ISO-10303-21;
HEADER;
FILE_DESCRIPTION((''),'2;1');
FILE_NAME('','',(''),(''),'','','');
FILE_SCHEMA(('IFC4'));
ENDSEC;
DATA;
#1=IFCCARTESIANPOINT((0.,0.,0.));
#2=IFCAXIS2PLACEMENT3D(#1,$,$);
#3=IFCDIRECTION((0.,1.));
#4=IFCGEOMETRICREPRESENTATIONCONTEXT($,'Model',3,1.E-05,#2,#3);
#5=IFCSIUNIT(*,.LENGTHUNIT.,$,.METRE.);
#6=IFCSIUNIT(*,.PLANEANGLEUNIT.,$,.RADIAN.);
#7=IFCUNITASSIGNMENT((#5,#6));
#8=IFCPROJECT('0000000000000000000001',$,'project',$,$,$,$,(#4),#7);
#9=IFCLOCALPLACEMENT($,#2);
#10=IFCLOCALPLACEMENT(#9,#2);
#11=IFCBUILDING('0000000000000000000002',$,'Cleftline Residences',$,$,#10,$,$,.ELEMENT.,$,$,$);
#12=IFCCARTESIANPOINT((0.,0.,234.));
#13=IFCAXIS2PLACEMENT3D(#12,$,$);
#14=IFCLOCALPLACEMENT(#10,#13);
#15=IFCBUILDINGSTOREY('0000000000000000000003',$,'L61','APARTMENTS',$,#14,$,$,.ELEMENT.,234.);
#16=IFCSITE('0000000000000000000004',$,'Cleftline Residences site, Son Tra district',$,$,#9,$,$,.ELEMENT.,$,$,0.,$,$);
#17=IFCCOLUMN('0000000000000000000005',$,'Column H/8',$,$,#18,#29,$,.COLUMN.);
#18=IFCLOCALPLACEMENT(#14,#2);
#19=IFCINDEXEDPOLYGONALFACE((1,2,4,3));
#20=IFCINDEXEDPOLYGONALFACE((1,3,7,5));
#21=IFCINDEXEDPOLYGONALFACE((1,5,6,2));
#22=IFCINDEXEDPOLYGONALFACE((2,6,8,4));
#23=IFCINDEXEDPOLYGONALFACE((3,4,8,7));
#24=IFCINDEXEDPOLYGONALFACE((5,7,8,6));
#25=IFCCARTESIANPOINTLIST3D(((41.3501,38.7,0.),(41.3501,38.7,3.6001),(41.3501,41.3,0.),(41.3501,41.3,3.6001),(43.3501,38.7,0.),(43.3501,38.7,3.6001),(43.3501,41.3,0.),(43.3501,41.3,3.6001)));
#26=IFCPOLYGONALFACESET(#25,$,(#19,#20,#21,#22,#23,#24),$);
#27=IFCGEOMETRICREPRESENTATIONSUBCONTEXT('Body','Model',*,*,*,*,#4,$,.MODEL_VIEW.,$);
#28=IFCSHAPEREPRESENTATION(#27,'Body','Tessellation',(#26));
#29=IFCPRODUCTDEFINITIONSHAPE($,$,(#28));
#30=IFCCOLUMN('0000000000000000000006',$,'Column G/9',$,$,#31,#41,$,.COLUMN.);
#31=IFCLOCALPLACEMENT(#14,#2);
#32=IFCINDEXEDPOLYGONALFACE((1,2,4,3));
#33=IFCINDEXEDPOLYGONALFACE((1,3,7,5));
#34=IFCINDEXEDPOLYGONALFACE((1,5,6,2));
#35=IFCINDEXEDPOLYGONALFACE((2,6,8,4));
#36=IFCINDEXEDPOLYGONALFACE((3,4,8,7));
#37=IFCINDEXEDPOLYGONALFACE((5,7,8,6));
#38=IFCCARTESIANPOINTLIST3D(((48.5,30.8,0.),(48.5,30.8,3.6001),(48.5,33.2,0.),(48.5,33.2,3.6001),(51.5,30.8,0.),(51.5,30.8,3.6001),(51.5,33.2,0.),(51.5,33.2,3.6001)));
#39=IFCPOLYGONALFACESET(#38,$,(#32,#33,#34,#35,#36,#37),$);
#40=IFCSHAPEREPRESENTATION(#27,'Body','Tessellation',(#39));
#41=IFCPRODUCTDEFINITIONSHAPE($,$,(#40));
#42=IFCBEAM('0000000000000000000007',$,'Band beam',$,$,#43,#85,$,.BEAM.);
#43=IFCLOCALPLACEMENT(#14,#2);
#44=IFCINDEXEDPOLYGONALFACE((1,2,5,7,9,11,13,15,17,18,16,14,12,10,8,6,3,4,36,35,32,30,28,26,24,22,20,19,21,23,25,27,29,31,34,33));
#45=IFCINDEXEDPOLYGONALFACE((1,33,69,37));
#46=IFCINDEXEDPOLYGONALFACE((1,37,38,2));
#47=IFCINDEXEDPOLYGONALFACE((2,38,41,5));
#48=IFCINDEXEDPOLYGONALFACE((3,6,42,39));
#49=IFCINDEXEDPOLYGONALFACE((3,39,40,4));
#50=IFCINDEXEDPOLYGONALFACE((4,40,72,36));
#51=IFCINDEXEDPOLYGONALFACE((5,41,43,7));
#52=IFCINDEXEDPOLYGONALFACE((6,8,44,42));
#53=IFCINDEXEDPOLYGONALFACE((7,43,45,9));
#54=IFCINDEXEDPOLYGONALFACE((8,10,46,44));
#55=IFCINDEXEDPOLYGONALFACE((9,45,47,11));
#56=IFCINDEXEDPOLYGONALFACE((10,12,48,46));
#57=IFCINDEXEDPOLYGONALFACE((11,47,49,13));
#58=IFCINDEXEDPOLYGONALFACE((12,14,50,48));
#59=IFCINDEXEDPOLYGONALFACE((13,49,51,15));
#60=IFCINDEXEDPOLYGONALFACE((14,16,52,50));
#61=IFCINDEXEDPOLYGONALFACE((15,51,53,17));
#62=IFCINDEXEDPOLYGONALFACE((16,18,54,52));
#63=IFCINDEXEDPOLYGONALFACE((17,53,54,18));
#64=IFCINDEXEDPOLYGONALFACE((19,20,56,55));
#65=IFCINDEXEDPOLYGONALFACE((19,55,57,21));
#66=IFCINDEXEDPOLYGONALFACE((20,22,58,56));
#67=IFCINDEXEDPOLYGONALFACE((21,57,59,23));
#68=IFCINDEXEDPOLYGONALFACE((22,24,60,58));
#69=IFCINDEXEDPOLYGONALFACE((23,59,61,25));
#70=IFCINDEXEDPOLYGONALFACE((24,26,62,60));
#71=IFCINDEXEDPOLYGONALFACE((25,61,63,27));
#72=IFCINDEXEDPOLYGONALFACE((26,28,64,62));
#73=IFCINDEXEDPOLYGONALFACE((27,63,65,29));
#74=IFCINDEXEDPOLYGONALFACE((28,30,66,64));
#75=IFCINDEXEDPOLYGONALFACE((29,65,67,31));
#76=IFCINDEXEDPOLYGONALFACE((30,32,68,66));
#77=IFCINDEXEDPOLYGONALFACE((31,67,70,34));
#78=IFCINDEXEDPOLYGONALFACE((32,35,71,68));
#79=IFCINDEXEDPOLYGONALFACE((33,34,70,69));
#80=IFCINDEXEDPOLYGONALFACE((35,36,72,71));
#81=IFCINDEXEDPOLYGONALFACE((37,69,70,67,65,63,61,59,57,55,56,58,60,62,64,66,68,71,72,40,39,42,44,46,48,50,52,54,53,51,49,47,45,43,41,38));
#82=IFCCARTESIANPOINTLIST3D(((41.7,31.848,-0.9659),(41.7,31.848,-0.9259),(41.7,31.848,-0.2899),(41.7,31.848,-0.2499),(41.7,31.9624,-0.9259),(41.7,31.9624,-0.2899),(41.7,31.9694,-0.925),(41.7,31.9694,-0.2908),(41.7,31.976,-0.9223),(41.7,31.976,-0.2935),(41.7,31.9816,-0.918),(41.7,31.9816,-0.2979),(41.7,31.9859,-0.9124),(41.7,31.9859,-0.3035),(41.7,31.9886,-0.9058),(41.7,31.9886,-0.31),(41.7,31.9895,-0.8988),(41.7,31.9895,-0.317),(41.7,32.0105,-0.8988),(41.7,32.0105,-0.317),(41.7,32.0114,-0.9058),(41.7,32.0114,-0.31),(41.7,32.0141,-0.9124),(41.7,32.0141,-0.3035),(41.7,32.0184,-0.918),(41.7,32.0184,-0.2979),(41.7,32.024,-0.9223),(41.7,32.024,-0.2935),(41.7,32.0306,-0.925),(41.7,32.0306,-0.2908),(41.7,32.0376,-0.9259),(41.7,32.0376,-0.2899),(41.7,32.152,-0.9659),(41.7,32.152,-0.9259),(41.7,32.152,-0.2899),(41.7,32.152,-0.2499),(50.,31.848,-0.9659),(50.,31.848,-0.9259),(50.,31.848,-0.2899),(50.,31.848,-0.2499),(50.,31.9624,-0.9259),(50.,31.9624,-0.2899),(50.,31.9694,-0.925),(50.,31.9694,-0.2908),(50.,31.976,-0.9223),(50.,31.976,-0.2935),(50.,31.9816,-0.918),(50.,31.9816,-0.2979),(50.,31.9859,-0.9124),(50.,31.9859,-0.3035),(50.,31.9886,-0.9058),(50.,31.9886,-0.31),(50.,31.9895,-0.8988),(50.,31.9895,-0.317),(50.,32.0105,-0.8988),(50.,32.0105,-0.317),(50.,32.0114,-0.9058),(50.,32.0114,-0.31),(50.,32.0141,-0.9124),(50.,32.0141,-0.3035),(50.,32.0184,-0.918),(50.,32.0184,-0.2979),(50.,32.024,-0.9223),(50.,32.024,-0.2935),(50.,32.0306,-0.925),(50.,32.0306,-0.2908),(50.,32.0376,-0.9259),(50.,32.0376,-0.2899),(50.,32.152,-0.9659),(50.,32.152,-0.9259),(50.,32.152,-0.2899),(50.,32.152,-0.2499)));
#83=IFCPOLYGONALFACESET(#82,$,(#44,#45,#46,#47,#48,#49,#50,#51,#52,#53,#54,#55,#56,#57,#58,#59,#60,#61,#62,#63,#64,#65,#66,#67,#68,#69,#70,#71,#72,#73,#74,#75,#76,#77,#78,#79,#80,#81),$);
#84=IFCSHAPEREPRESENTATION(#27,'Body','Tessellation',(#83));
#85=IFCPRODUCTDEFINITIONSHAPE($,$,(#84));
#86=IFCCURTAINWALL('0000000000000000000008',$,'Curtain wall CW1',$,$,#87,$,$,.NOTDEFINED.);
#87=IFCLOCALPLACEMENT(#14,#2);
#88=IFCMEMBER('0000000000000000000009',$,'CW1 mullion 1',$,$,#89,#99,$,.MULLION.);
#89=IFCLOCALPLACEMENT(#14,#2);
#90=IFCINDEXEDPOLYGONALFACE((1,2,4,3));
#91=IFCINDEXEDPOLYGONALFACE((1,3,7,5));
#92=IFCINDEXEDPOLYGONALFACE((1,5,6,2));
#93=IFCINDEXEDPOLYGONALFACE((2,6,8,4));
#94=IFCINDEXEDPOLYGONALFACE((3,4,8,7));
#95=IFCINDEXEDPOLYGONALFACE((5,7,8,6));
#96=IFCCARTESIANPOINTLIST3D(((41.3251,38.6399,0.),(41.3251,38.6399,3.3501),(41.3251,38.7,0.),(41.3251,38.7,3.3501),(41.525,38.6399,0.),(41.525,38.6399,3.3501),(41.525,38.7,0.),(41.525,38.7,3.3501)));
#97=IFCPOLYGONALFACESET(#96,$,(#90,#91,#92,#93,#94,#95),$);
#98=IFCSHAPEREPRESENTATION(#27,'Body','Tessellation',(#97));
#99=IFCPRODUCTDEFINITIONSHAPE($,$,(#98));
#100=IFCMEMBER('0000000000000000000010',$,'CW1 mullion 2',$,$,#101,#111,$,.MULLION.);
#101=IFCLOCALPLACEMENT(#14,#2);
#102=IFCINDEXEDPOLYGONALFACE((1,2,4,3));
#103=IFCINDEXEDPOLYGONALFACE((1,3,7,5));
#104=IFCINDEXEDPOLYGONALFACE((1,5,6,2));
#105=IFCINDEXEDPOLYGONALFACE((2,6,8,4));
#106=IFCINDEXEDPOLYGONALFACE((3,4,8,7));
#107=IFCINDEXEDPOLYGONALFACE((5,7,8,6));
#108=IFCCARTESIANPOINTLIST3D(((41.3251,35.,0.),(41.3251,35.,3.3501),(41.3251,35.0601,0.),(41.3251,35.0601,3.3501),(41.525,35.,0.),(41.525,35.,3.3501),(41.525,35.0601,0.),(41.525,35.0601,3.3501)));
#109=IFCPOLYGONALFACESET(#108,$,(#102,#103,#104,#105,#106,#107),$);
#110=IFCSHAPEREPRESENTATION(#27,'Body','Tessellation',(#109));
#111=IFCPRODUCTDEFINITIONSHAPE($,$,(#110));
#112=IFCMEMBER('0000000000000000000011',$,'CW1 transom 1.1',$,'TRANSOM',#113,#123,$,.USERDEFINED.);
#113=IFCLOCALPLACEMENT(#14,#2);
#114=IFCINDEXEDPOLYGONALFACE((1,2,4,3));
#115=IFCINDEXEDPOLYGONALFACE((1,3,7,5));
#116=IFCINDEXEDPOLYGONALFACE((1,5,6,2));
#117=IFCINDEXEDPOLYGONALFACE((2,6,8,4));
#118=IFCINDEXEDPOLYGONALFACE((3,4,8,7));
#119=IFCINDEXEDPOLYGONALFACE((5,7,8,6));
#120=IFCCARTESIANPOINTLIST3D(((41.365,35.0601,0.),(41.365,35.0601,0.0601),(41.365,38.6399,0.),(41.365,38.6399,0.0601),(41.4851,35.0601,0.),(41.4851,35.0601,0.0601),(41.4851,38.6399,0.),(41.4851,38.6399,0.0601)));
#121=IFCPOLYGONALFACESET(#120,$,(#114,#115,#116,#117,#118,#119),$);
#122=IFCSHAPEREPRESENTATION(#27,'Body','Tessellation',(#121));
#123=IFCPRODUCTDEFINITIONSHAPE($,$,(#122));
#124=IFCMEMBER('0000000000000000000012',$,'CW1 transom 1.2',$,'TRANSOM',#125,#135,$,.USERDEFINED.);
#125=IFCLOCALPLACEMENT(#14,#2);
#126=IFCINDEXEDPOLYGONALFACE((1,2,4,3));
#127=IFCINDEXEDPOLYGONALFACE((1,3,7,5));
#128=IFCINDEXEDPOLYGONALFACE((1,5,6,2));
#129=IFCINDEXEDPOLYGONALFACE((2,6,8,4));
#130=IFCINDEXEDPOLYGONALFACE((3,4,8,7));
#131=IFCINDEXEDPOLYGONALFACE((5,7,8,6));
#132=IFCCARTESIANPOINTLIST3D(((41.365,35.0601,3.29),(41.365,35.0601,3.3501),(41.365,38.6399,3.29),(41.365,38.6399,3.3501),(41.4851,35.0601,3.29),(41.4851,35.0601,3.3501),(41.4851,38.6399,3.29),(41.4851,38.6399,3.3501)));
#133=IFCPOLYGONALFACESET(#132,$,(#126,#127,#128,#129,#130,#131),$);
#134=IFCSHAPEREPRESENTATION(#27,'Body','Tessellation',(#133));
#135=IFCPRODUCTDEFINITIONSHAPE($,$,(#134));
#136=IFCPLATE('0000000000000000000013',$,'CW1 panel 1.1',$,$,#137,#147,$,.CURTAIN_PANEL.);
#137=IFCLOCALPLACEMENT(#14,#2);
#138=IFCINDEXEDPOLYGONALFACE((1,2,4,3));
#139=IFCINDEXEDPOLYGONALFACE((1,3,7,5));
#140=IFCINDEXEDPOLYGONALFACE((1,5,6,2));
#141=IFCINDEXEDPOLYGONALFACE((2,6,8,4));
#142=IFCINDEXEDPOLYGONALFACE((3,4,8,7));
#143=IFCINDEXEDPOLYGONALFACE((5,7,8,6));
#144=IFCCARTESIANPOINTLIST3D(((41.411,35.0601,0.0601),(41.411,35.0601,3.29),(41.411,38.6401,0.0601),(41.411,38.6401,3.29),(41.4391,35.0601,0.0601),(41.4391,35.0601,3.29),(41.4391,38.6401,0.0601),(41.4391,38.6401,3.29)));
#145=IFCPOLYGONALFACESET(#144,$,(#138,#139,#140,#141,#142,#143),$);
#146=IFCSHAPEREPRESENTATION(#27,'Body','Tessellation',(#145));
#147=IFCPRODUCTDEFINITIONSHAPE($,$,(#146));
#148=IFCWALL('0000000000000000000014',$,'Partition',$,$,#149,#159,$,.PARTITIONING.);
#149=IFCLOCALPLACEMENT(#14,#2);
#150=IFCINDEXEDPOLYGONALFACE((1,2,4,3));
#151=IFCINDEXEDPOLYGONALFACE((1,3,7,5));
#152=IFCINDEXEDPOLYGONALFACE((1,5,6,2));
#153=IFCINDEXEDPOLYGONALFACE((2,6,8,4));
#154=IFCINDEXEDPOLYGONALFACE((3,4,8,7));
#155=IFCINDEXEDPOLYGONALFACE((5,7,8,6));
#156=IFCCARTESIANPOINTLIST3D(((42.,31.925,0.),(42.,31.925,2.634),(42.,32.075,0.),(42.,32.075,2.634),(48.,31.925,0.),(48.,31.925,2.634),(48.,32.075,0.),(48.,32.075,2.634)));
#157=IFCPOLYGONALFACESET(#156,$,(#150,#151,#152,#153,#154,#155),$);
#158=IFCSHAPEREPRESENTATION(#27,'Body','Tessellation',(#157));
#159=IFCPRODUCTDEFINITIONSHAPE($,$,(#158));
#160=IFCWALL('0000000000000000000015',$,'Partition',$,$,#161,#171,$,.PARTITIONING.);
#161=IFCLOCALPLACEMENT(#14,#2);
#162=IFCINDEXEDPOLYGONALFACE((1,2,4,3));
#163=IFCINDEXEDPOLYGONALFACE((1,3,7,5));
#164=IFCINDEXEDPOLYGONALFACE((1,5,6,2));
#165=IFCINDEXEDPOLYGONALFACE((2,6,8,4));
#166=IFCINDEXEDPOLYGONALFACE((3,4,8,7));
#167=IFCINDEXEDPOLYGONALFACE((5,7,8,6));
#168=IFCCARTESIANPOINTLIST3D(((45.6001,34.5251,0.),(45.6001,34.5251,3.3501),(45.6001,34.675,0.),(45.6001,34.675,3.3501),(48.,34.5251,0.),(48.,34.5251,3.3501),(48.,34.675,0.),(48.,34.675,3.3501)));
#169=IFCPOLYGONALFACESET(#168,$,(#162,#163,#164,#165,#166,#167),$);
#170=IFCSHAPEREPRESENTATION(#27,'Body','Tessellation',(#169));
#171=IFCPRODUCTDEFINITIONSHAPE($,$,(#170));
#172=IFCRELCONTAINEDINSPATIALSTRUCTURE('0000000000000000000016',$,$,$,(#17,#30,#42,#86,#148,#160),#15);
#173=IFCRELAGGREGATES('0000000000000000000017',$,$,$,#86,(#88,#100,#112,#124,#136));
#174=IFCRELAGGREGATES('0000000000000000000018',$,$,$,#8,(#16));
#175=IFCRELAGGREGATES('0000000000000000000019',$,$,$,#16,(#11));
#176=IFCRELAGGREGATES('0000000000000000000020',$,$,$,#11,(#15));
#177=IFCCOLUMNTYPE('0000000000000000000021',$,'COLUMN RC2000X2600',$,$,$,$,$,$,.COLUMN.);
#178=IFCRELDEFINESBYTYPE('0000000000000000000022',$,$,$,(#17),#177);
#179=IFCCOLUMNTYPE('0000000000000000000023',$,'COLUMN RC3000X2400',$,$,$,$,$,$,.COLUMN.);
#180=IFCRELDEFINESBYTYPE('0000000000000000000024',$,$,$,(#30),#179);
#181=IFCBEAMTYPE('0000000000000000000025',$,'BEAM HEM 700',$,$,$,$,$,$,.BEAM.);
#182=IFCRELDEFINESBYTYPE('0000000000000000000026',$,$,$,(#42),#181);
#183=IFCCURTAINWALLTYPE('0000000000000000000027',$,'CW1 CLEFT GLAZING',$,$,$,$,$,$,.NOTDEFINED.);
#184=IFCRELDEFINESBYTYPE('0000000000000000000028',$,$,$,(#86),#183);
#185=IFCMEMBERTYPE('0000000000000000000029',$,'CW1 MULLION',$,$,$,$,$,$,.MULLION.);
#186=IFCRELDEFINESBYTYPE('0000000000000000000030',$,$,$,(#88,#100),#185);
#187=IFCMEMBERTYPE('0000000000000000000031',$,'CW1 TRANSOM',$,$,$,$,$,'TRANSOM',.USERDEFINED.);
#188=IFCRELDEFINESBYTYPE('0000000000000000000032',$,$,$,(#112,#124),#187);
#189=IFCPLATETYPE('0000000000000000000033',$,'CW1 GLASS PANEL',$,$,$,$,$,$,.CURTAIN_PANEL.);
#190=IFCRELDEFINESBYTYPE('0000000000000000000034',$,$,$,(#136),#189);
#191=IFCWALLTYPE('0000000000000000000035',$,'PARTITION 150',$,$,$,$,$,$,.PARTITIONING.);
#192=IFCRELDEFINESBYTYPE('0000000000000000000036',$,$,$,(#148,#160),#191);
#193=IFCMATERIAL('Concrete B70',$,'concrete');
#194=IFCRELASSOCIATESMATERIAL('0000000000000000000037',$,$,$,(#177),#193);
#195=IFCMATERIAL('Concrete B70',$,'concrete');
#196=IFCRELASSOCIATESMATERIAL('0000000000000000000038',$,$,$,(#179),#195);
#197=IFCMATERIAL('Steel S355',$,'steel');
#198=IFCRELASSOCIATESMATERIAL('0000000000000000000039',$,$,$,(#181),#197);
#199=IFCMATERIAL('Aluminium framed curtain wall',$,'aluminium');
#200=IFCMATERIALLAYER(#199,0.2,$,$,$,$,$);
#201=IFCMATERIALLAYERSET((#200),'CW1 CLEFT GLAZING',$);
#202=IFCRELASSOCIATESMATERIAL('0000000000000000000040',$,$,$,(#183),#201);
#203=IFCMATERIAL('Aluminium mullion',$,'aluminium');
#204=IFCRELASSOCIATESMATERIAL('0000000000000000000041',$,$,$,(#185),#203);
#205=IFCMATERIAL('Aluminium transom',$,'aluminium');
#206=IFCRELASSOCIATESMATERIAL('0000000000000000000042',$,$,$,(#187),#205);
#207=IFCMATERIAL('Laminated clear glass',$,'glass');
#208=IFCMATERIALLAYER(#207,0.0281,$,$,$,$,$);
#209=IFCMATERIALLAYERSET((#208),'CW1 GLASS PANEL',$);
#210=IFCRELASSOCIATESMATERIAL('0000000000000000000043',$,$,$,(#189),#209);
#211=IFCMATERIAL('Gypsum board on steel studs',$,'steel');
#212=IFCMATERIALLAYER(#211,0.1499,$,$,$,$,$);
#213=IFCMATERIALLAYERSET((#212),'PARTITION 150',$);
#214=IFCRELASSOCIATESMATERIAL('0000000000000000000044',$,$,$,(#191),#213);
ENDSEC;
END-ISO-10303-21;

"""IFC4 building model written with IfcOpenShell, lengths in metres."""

from ifc_helpers import new_model, si_unit, direction, frame, frame_2d, origin, origin_2d, place, context, subcontext, project, spatial, rectangle, i_section, extrude, material, layer, layer_set, material_profile, profile_set, type_object, element, aggregate, save


model = new_model("IFC4")

# Units and contexts
model_context = context("Model", 3, precision=1e-05, world=origin(), true_north=direction((0.0, 1.0)))
body_context = subcontext(model_context, "Body", "Model", "MODEL_VIEW")
ifc_project = project(units=[si_unit("LENGTHUNIT", "METRE"), si_unit("PLANEANGLEUNIT", "RADIAN")], contexts=[model_context])

# Site, building, storey
site_placement = place(None, origin())
site = spatial("IfcSite", under=ifc_project, at=site_placement, Name="Cleftline Residences site, Son Tra district", CompositionType="ELEMENT", RefElevation=0.0)
building_placement = place(site_placement, origin())
building = spatial("IfcBuilding", under=site, at=building_placement, Name="Cleftline Residences", CompositionType="ELEMENT")
storey_placement = place(building_placement, frame((0.0, 0.0, 234.0)))
storey = spatial("IfcBuildingStorey", under=building, at=storey_placement, Name="L61", Description="APARTMENTS", CompositionType="ELEMENT", Elevation=234.0)

# Columns
ifc_material_1 = material(Name="Concrete B70", Category="concrete")
ifc_material_profile_1 = material_profile(ifc_material_1, rectangle(XDim=2.0, YDim=2.6001, at=origin_2d()))
ifc_profile_set_1 = profile_set([ifc_material_profile_1], Name="Concrete B70")
column_type_1 = type_object("IfcColumnType", Name="COLUMN RC2000X2600", PredefinedType="COLUMN", material=ifc_profile_set_1)
column_1_placement = place(storey_placement, frame((42.3501, 40.0, 0.0), z_axis=(0.0, 0.0, 1.0), x_axis=(1.0, 0.0, 0.0)))
element("IfcColumn", 1, at=column_1_placement, inside=storey, type_object=column_type_1, Name="Column H/8", PredefinedType="COLUMN", context=body_context, shape_type="SweptSolid", body=[
    extrude(rectangle(XDim=2.0, YDim=2.6001, at=origin_2d()), origin(), (0.0, 0.0, 1.0), 3.6001),
])
ifc_material_2 = material(Name="Concrete B70", Category="concrete")
ifc_material_profile_2 = material_profile(ifc_material_2, rectangle(XDim=3.0, YDim=2.3999, at=origin_2d()))
ifc_profile_set_2 = profile_set([ifc_material_profile_2], Name="Concrete B70")
column_type_2 = type_object("IfcColumnType", Name="COLUMN RC3000X2400", PredefinedType="COLUMN", material=ifc_profile_set_2)
column_2_placement = place(storey_placement, frame((50.0, 32.0, 0.0), z_axis=(0.0, 0.0, 1.0), x_axis=(1.0, 0.0, 0.0)))
element("IfcColumn", 2, at=column_2_placement, inside=storey, type_object=column_type_2, Name="Column G/9", PredefinedType="COLUMN", context=body_context, shape_type="SweptSolid", body=[
    extrude(rectangle(XDim=3.0, YDim=2.3999, at=origin_2d()), origin(), (0.0, 0.0, 1.0), 3.6001),
])

# Beam
ifc_material_3 = material(Name="Steel S355", Category="steel")
ifc_material_profile_3 = material_profile(ifc_material_3, i_section(OverallWidth=0.304, OverallDepth=0.7161, WebThickness=0.021, FlangeThickness=0.04, FilletRadius=0.0271, at=origin_2d()))
ifc_profile_set_3 = profile_set([ifc_material_profile_3], Name="Steel S355")
beam_type = type_object("IfcBeamType", Name="BEAM HEM 700", PredefinedType="BEAM", material=ifc_profile_set_3)
beam_placement = place(storey_placement, frame((50.0, 32.0, -0.6079), z_axis=(-1.0, 0.0, 0.0), x_axis=(0.0, -1.0, 0.0)))
element("IfcBeam", 3, at=beam_placement, inside=storey, type_object=beam_type, Name="Band beam", PredefinedType="BEAM", context=body_context, shape_type="SweptSolid", body=[
    extrude(i_section(OverallWidth=0.304, OverallDepth=0.7161, WebThickness=0.021, FlangeThickness=0.04, FilletRadius=0.0271, at=origin_2d()), origin(), (0.0, 0.0, 1.0), 8.3),
])

# Curtain wall, members, plate
ifc_material_4 = material(Name="Aluminium framed curtain wall", Category="aluminium")
ifc_layer_1 = layer(ifc_material_4, 0.2)
ifc_layer_set_1 = layer_set([ifc_layer_1], Name="CW1 CLEFT GLAZING")
curtain_wall_type = type_object("IfcCurtainWallType", Name="CW1 CLEFT GLAZING", PredefinedType="NOTDEFINED", material=ifc_layer_set_1)
curtain_wall_placement = place(storey_placement, origin())
curtain_wall = element("IfcCurtainWall", 4, at=curtain_wall_placement, inside=storey, type_object=curtain_wall_type, Name="Curtain wall CW1", PredefinedType="NOTDEFINED")
ifc_material_5 = material(Name="Aluminium mullion", Category="aluminium")
ifc_material_profile_4 = material_profile(ifc_material_5, rectangle(XDim=0.2, YDim=0.0601, at=origin_2d()))
ifc_profile_set_4 = profile_set([ifc_material_profile_4], Name="Aluminium mullion")
member_type_1 = type_object("IfcMemberType", Name="CW1 MULLION", PredefinedType="MULLION", material=ifc_profile_set_4)
member_1_placement = place(storey_placement, frame((41.425, 38.6699, 0.0), z_axis=(0.0, 0.0, 1.0), x_axis=(1.0, 0.0, 0.0)))
member_1 = element("IfcMember", 5, at=member_1_placement, type_object=member_type_1, Name="CW1 mullion 1", PredefinedType="MULLION", context=body_context, shape_type="SweptSolid", body=[
    extrude(rectangle(XDim=0.2, YDim=0.0601, at=origin_2d()), origin(), (0.0, 0.0, 1.0), 3.3501),
])
member_2_placement = place(storey_placement, frame((41.425, 35.03, 0.0), z_axis=(0.0, 0.0, 1.0), x_axis=(1.0, 0.0, 0.0)))
member_2 = element("IfcMember", 6, at=member_2_placement, type_object=member_type_1, Name="CW1 mullion 2", PredefinedType="MULLION", context=body_context, shape_type="SweptSolid", body=[
    extrude(rectangle(XDim=0.2, YDim=0.0601, at=origin_2d()), origin(), (0.0, 0.0, 1.0), 3.3501),
])
ifc_material_6 = material(Name="Aluminium transom", Category="aluminium")
ifc_material_profile_5 = material_profile(ifc_material_6, rectangle(XDim=0.1201, YDim=0.0601, at=origin_2d()))
ifc_profile_set_5 = profile_set([ifc_material_profile_5], Name="Aluminium transom")
member_type_2 = type_object("IfcMemberType", Name="CW1 TRANSOM", ElementType="TRANSOM", PredefinedType="USERDEFINED", material=ifc_profile_set_5)
member_3_placement = place(storey_placement, frame((41.425, 38.6399, 0.03), z_axis=(0.0, -1.0, 0.0), x_axis=(1.0, 0.0, 0.0)))
member_3 = element("IfcMember", 7, at=member_3_placement, type_object=member_type_2, Name="CW1 transom 1.1", ObjectType="TRANSOM", PredefinedType="USERDEFINED", context=body_context, shape_type="SweptSolid", body=[
    extrude(rectangle(XDim=0.1201, YDim=0.0601, at=origin_2d()), origin(), (0.0, 0.0, 1.0), 3.5798),
])
member_4_placement = place(storey_placement, frame((41.425, 38.6399, 3.3201), z_axis=(0.0, -1.0, 0.0), x_axis=(1.0, 0.0, 0.0)))
member_4 = element("IfcMember", 8, at=member_4_placement, type_object=member_type_2, Name="CW1 transom 1.2", ObjectType="TRANSOM", PredefinedType="USERDEFINED", context=body_context, shape_type="SweptSolid", body=[
    extrude(rectangle(XDim=0.1201, YDim=0.0601, at=origin_2d()), origin(), (0.0, 0.0, 1.0), 3.5798),
])
ifc_material_7 = material(Name="Laminated clear glass", Category="glass")
ifc_layer_2 = layer(ifc_material_7, 0.0281)
ifc_layer_set_2 = layer_set([ifc_layer_2], Name="CW1 GLASS PANEL")
plate_type = type_object("IfcPlateType", Name="CW1 GLASS PANEL", PredefinedType="CURTAIN_PANEL", material=ifc_layer_set_2)
plate_placement = place(storey_placement, frame((41.425, 36.8501, 0.0601), z_axis=(0.0, 0.0, 1.0), x_axis=(0.0, -1.0, 0.0)))
plate = element("IfcPlate", 9, at=plate_placement, type_object=plate_type, Name="CW1 panel 1.1", PredefinedType="CURTAIN_PANEL", context=body_context, shape_type="SweptSolid", body=[
    extrude(rectangle(XDim=3.5801, YDim=0.0281, at=origin_2d()), origin(), (0.0, 0.0, 1.0), 3.23),
])
aggregate(curtain_wall, [member_1, member_2, member_3, member_4, plate])

# Walls
ifc_material_8 = material(Name="Gypsum board on steel studs", Category="steel")
ifc_layer_3 = layer(ifc_material_8, 0.1499)
ifc_layer_set_3 = layer_set([ifc_layer_3], Name="PARTITION 150")
wall_type = type_object("IfcWallType", Name="PARTITION 150", PredefinedType="PARTITIONING", material=ifc_layer_set_3)
wall_1_placement = place(storey_placement, frame((42.0, 32.0, 0.0), z_axis=(0.0, 0.0, 1.0), x_axis=(1.0, 0.0, 0.0)))
element("IfcWall", 10, at=wall_1_placement, inside=storey, type_object=wall_type, Name="Partition", PredefinedType="PARTITIONING", context=body_context, shape_type="SweptSolid", body=[
    extrude(rectangle(XDim=6.0, YDim=0.1499, at=frame_2d((3.0, 0.0))), origin(), (0.0, 0.0, 1.0), 2.634),
])
wall_2_placement = place(storey_placement, frame((45.6001, 34.6001, 0.0), z_axis=(0.0, 0.0, 1.0), x_axis=(1.0, 0.0, 0.0)))
element("IfcWall", 11, at=wall_2_placement, inside=storey, type_object=wall_type, Name="Partition", PredefinedType="PARTITIONING", context=body_context, shape_type="SweptSolid", body=[
    extrude(rectangle(XDim=2.3999, YDim=0.1499, at=frame_2d((1.2, 0.0))), origin(), (0.0, 0.0, 1.0), 3.3501),
])

save(model, "model.ifc")
